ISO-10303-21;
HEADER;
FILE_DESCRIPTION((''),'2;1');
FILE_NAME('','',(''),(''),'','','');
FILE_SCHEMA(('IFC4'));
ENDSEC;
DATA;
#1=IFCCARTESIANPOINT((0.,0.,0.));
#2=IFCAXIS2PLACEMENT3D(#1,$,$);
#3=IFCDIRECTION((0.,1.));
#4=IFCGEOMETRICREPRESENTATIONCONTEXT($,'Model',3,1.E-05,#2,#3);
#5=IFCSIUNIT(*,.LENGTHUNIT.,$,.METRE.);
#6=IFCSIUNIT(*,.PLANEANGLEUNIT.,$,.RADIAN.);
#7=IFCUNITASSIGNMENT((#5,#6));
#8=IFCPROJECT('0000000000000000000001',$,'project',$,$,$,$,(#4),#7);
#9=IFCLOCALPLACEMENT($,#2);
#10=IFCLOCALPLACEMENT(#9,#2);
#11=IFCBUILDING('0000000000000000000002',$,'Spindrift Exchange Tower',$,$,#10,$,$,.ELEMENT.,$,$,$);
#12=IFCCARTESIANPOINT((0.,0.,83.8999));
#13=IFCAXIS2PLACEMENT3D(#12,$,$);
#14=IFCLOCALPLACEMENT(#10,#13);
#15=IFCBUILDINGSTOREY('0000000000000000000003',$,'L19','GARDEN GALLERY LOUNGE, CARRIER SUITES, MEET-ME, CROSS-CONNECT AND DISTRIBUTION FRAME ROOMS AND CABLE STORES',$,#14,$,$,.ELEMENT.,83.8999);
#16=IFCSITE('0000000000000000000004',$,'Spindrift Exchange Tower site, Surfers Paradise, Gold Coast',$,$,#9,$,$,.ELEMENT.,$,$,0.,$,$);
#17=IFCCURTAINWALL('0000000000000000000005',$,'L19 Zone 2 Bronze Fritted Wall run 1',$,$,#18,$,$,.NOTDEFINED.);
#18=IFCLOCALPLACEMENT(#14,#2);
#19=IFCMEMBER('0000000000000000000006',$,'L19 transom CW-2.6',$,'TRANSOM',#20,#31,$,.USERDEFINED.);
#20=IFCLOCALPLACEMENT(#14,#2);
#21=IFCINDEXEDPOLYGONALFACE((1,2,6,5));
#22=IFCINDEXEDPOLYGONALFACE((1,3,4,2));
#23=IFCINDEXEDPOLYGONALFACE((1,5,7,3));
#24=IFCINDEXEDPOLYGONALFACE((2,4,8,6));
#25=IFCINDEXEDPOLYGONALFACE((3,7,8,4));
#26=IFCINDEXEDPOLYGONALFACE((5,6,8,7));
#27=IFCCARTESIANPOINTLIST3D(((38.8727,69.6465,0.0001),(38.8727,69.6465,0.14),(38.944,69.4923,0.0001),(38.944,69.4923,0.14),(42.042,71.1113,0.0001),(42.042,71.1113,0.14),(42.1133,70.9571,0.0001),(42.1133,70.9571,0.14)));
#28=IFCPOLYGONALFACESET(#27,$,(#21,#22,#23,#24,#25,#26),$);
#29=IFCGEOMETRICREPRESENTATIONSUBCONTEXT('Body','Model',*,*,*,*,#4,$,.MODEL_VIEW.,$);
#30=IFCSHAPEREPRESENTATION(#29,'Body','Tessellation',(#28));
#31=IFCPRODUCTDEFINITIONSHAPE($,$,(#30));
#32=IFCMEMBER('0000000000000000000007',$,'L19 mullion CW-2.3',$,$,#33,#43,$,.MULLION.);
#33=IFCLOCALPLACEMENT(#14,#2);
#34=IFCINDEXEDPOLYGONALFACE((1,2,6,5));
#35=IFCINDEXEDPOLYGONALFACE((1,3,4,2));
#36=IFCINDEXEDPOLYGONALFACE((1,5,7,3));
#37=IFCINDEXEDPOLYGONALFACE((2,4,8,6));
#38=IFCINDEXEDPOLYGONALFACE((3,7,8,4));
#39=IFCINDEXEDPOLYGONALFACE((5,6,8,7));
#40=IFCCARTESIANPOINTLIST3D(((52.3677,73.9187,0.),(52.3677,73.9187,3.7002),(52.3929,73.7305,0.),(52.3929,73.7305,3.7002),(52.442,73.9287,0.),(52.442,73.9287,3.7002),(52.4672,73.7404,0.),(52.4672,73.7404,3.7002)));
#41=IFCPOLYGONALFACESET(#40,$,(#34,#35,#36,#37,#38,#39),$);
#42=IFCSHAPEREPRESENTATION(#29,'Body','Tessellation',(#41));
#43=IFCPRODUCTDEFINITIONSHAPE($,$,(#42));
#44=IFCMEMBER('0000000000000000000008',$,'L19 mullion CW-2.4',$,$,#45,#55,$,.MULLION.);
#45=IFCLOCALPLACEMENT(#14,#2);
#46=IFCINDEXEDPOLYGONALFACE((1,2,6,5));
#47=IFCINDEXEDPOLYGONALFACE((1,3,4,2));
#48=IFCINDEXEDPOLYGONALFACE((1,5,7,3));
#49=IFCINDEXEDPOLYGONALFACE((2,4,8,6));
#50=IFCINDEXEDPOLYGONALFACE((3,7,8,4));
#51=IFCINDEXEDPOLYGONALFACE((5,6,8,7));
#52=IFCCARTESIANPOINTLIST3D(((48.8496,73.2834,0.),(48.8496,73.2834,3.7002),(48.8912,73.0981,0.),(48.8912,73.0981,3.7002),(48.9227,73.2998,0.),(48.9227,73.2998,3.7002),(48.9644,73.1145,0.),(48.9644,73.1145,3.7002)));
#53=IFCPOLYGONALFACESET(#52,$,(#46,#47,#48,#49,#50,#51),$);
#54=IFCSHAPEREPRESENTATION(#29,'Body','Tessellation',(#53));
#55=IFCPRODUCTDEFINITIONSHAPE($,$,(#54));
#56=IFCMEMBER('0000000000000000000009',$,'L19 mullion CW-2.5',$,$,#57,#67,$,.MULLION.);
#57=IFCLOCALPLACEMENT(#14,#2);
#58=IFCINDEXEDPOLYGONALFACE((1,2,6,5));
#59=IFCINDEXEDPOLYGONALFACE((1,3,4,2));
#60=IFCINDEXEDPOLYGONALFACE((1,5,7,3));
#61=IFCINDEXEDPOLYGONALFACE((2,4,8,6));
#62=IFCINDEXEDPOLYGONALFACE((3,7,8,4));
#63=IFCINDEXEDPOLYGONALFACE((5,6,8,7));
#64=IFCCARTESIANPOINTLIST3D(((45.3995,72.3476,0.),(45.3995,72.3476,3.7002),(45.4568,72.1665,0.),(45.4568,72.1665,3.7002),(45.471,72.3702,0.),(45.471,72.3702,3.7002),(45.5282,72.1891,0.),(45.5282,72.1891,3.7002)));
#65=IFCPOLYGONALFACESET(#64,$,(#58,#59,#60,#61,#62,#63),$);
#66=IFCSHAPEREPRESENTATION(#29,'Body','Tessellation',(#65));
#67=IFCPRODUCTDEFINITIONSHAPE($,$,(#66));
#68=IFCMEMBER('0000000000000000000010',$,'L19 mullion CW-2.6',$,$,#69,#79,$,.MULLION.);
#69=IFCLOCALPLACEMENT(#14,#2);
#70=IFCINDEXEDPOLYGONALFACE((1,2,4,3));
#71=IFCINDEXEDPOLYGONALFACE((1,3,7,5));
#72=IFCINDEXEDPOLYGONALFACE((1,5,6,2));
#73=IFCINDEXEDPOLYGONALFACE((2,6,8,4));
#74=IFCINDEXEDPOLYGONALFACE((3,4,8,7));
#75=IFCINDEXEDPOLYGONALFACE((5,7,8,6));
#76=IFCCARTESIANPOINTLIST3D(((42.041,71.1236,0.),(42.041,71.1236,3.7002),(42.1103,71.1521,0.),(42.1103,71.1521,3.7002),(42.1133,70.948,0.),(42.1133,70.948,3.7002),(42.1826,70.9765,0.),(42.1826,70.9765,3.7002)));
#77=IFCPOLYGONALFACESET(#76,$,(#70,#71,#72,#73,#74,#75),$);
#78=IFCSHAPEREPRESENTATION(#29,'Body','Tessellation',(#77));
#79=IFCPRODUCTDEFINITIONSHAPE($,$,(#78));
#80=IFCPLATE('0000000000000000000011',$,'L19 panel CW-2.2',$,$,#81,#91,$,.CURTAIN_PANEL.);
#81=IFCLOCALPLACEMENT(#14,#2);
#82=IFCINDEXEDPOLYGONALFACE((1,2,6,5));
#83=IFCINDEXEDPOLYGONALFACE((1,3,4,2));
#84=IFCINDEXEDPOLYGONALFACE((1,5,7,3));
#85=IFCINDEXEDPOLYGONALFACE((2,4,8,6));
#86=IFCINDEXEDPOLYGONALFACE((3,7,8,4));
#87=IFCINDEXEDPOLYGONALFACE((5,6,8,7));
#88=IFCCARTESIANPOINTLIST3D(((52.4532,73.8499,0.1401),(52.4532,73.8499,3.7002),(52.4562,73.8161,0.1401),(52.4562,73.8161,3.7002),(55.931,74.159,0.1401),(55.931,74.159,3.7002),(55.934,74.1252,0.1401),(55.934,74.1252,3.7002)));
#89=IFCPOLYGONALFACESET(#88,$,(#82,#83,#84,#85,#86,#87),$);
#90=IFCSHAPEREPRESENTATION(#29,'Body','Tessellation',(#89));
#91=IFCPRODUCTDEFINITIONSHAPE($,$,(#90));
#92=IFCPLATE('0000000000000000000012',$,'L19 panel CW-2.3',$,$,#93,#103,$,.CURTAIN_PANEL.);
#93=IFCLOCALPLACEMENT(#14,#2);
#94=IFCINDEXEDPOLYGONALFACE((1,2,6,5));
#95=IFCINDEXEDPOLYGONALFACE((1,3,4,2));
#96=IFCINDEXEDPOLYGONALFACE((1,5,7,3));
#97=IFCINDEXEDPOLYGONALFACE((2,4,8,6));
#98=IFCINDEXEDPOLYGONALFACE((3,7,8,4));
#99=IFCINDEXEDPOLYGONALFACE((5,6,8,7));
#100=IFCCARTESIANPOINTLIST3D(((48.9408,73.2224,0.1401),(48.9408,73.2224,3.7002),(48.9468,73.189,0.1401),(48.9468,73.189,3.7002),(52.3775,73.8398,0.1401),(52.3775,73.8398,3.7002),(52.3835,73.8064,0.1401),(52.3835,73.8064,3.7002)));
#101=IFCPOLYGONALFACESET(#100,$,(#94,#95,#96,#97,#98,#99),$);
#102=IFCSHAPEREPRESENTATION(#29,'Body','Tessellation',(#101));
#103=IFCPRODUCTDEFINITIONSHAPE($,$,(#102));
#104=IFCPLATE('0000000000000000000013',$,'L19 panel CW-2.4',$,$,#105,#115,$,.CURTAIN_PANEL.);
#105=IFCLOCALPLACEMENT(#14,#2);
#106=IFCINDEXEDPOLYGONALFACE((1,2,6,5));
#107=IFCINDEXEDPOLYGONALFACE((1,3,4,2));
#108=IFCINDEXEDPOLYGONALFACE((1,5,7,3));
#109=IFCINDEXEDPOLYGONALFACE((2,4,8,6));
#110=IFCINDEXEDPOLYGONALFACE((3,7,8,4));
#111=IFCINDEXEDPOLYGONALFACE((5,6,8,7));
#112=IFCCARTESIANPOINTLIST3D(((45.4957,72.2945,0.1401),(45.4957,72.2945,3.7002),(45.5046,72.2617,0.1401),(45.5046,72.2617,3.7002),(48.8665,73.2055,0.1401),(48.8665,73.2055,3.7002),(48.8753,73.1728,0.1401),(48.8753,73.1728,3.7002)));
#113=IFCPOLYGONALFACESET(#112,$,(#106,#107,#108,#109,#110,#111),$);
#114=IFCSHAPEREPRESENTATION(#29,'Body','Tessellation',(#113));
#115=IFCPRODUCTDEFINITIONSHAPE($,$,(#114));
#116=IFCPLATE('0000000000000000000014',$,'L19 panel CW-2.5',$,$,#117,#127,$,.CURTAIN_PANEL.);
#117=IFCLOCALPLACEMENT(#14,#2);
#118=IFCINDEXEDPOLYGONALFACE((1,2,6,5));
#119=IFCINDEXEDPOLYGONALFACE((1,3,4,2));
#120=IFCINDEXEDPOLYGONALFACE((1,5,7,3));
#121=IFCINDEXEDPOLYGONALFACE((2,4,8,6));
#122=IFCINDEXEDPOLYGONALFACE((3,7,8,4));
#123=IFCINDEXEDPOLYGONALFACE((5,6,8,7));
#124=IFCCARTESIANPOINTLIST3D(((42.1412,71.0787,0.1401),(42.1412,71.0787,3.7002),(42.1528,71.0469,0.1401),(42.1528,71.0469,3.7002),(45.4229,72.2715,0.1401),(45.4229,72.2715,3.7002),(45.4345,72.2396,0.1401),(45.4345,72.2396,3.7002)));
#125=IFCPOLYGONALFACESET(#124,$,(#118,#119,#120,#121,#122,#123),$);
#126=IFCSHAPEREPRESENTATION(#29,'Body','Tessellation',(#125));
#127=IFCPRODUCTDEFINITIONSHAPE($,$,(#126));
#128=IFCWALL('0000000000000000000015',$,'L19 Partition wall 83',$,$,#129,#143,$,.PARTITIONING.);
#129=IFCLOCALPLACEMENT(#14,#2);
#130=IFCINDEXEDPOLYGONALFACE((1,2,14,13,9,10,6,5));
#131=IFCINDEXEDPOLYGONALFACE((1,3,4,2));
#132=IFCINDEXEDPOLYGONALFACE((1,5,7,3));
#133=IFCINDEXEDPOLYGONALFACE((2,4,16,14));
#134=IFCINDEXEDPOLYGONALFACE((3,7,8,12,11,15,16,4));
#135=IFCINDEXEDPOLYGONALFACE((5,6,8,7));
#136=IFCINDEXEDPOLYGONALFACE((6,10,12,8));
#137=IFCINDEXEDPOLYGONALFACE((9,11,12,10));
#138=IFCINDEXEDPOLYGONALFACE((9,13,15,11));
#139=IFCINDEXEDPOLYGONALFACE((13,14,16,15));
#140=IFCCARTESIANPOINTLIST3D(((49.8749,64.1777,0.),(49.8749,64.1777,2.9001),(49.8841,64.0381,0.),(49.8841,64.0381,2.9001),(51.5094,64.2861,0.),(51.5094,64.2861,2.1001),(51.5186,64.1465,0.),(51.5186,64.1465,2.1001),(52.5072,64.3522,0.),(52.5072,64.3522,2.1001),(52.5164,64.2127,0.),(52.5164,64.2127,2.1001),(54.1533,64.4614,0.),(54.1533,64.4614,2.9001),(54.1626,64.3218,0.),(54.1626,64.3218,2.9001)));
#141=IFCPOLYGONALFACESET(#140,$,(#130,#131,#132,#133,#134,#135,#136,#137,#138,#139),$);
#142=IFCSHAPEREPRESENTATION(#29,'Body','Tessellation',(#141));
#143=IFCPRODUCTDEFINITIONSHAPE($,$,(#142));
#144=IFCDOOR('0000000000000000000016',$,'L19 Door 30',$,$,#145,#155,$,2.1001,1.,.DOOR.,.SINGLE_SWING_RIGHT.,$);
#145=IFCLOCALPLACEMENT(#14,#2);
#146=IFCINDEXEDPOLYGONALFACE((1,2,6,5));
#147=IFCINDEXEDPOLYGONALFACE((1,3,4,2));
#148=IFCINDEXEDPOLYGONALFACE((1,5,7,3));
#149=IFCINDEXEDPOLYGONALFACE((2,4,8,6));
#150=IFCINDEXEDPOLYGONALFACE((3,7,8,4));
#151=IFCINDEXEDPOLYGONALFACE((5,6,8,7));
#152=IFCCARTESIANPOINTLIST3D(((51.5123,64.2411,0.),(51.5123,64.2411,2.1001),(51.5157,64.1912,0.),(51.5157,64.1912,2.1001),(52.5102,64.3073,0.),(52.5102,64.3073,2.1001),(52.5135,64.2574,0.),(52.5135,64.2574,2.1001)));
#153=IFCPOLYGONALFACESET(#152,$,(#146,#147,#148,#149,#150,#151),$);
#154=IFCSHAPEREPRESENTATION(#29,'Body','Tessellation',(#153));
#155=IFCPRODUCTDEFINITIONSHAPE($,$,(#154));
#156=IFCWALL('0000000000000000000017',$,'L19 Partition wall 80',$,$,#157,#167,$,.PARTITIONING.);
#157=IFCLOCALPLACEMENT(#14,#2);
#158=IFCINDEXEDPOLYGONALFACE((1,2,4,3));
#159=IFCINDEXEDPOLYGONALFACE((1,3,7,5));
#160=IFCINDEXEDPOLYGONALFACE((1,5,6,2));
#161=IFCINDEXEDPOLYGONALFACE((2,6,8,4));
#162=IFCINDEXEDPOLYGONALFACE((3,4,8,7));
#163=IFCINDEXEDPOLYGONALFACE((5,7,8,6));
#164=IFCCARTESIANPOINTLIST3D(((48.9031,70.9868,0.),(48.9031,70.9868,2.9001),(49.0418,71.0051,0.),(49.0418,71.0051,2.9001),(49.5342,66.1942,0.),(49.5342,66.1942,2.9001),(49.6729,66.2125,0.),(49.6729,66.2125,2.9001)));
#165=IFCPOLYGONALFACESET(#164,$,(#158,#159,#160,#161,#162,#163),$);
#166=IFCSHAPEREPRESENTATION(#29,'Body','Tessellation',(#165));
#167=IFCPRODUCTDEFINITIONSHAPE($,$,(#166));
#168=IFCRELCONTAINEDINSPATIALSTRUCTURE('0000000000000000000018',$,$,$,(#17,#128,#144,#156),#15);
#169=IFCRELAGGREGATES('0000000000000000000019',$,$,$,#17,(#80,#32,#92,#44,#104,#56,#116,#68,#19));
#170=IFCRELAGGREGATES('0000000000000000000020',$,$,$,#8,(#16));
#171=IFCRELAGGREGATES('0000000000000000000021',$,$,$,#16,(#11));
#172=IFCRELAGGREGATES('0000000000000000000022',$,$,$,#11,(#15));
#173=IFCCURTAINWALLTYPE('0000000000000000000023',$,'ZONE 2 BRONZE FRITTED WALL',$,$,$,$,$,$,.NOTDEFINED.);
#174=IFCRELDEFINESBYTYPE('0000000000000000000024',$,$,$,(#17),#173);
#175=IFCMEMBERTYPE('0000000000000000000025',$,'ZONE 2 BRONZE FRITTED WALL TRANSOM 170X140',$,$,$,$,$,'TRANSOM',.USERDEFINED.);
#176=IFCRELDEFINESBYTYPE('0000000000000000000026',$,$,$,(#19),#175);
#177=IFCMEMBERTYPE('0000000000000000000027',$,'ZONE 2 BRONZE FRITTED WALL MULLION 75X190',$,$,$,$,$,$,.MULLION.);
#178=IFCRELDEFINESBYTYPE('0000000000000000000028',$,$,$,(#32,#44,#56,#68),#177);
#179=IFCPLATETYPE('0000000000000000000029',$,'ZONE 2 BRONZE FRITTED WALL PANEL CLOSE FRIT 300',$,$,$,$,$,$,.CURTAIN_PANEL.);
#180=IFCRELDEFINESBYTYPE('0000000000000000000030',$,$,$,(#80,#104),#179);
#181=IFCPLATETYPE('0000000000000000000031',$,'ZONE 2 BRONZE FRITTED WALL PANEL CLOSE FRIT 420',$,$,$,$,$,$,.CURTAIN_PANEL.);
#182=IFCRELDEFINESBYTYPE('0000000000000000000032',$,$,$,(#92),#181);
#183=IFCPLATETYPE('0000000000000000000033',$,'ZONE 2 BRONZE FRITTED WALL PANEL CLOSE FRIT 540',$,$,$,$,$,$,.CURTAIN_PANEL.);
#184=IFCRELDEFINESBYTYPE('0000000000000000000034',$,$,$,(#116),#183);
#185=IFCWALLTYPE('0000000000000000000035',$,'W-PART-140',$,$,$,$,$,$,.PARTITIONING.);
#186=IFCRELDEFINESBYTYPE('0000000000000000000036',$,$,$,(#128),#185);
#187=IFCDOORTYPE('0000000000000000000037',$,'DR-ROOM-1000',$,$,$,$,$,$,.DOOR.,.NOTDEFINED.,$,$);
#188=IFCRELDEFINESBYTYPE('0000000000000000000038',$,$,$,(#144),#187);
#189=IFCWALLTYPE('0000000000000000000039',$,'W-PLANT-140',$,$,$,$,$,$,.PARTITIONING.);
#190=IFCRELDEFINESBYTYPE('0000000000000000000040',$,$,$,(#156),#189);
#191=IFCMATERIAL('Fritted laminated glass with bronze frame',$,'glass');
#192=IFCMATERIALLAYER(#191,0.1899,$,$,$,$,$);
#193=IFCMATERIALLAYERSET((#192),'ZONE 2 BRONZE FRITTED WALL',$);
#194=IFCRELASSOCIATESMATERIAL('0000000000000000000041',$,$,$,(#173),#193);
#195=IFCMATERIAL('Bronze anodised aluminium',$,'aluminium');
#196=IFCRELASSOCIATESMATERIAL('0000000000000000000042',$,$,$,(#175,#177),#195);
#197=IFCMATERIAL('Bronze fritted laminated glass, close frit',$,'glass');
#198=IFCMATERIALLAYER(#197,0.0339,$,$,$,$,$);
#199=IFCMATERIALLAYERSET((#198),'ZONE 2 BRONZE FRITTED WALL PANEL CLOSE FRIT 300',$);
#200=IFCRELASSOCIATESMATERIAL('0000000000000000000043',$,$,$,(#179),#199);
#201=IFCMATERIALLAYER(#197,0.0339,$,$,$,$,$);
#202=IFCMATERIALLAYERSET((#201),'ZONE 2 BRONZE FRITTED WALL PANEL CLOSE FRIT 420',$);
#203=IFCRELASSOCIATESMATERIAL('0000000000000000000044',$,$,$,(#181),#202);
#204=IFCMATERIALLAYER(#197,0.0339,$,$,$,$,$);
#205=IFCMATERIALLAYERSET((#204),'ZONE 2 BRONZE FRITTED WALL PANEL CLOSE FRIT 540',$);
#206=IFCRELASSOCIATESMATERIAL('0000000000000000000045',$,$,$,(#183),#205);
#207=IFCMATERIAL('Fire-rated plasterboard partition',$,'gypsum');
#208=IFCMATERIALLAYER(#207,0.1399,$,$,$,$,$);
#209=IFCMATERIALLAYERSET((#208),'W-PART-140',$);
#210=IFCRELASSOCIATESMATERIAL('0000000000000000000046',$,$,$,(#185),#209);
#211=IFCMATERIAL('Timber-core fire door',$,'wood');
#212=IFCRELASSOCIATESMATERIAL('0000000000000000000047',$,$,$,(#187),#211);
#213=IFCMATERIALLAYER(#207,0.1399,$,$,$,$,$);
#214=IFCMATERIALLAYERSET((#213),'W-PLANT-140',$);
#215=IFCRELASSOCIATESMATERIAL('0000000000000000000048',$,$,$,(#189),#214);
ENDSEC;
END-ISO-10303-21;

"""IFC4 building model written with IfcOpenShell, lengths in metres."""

from ifc_helpers import new_model, si_unit, direction, frame, frame_2d, origin, origin_2d, place, context, subcontext, project, spatial, rectangle, extrude, source, transform, mapped, material, layer, layer_set, material_profile, profile_set, type_object, element, fill, aggregate, save


model = new_model("IFC4")

# Units and contexts
model_context = context("Model", 3, precision=1e-05, world=origin(), true_north=direction((0.0, 1.0)))
body_context = subcontext(model_context, "Body", "Model", "MODEL_VIEW")
ifc_project = project(units=[si_unit("LENGTHUNIT", "METRE"), si_unit("PLANEANGLEUNIT", "RADIAN")], contexts=[model_context])

# Site, building, storey
site_placement = place(None, origin())
site = spatial("IfcSite", under=ifc_project, at=site_placement, Name="Spindrift Exchange Tower site, Surfers Paradise, Gold Coast", CompositionType="ELEMENT", RefElevation=0.0)
building_placement = place(site_placement, origin())
building = spatial("IfcBuilding", under=site, at=building_placement, Name="Spindrift Exchange Tower", CompositionType="ELEMENT")
storey_placement = place(building_placement, frame((0.0, 0.0, 83.8999)))
storey = spatial("IfcBuildingStorey", under=building, at=storey_placement, Name="L19", Description="GARDEN GALLERY LOUNGE, CARRIER SUITES, MEET-ME, CROSS-CONNECT AND DISTRIBUTION FRAME ROOMS AND CABLE STORES", CompositionType="ELEMENT", Elevation=83.8999)

# Curtain wall, members, plates
ifc_material_1 = material(Name="Fritted laminated glass with bronze frame", Category="glass")
ifc_layer_1 = layer(ifc_material_1, 0.1899)
ifc_layer_set_1 = layer_set([ifc_layer_1], Name="ZONE 2 BRONZE FRITTED WALL")
curtain_wall_type = type_object("IfcCurtainWallType", Name="ZONE 2 BRONZE FRITTED WALL", PredefinedType="NOTDEFINED", material=ifc_layer_set_1)
curtain_wall_placement = place(storey_placement, origin())
curtain_wall = element("IfcCurtainWall", 1, at=curtain_wall_placement, inside=storey, type_object=curtain_wall_type, Name="L19 Zone 2 Bronze Fritted Wall run 1", PredefinedType="NOTDEFINED")
ifc_material_2 = material(Name="Bronze anodised aluminium", Category="aluminium")
ifc_material_profile_1 = material_profile(ifc_material_2, rectangle(XDim=0.1699, YDim=0.1399, at=origin_2d()), Name="ZONE 2 BRONZE FRITTED WALL TRANSOM 170X140")
ifc_profile_set_1 = profile_set([ifc_material_profile_1], Name="Bronze anodised aluminium")
member_type_1 = type_object("IfcMemberType", Name="ZONE 2 BRONZE FRITTED WALL TRANSOM 170X140", ElementType="TRANSOM", PredefinedType="USERDEFINED", material=ifc_profile_set_1)
shared_shape_1 = source(origin(), body_context, "Body", "SweptSolid", [
    extrude(rectangle(XDim=0.1699, YDim=0.1399, at=origin_2d()), origin(), (0.0, 0.0, 1.0), 3.4915),
])
member_1_placement = place(storey_placement, frame((42.0776, 71.0342, 0.0701), z_axis=(-0.907738, -0.419537, 0.0), x_axis=(0.419537, -0.907738, 0.0)))
member_1 = element("IfcMember", 2, at=member_1_placement, type_object=member_type_1, Name="L19 transom CW-2.6", ObjectType="TRANSOM", PredefinedType="USERDEFINED", context=body_context, shape_type="MappedRepresentation", body=[
    mapped(shared_shape_1, transform((0.0, 0.0, 0.0), scale=1.0)),
])
ifc_material_profile_2 = material_profile(ifc_material_2, rectangle(XDim=0.075, YDim=0.1899, at=origin_2d()), Name="ZONE 2 BRONZE FRITTED WALL MULLION 75X190")
ifc_profile_set_2 = profile_set([ifc_material_profile_2], Name="Bronze anodised aluminium")
member_type_2 = type_object("IfcMemberType", Name="ZONE 2 BRONZE FRITTED WALL MULLION 75X190", PredefinedType="MULLION", material=ifc_profile_set_2)
shared_shape_2 = source(origin(), body_context, "Body", "SweptSolid", [
    extrude(rectangle(XDim=0.075, YDim=0.1899, at=origin_2d()), origin(), (0.0, 0.0, 1.0), 3.7002),
])
member_2_placement = place(storey_placement, frame((52.4175, 73.8296, 0.0), z_axis=(0.0, 0.0, 1.0), x_axis=(-0.991142, -0.132808, 0.0)))
member_2 = element("IfcMember", 3, at=member_2_placement, type_object=member_type_2, Name="L19 mullion CW-2.3", PredefinedType="MULLION", context=body_context, shape_type="MappedRepresentation", body=[
    mapped(shared_shape_2, transform((0.0, 0.0, 0.0), scale=1.0)),
])
member_3_placement = place(storey_placement, frame((48.907, 73.199, 0.0), z_axis=(0.0, 0.0, 1.0), x_axis=(-0.97571, -0.219066, 0.0)))
member_3 = element("IfcMember", 4, at=member_3_placement, type_object=member_type_2, Name="L19 mullion CW-2.4", PredefinedType="MULLION", context=body_context, shape_type="MappedRepresentation", body=[
    mapped(shared_shape_2, transform((0.0, 0.0, 0.0), scale=1.0)),
])
member_4_placement = place(storey_placement, frame((45.4639, 72.2683, 0.0), z_axis=(0.0, 0.0, 1.0), x_axis=(-0.953457, -0.301528, 0.0)))
member_4 = element("IfcMember", 5, at=member_4_placement, type_object=member_type_2, Name="L19 mullion CW-2.5", PredefinedType="MULLION", context=body_context, shape_type="MappedRepresentation", body=[
    mapped(shared_shape_2, transform((0.0, 0.0, 0.0), scale=1.0)),
])
member_5_placement = place(storey_placement, frame((42.1118, 71.05, 0.0), z_axis=(0.0, 0.0, 1.0), x_axis=(-0.924609, -0.380918, 0.0)))
member_5 = element("IfcMember", 6, at=member_5_placement, type_object=member_type_2, Name="L19 mullion CW-2.6", PredefinedType="MULLION", context=body_context, shape_type="MappedRepresentation", body=[
    mapped(shared_shape_2, transform((0.0, 0.0, 0.0), scale=1.0)),
])
ifc_material_3 = material(Name="Bronze fritted laminated glass, close frit", Category="glass")
ifc_layer_2 = layer(ifc_material_3, 0.0339)
ifc_layer_set_2 = layer_set([ifc_layer_2], Name="ZONE 2 BRONZE FRITTED WALL PANEL CLOSE FRIT 300")
plate_type_1 = type_object("IfcPlateType", Name="ZONE 2 BRONZE FRITTED WALL PANEL CLOSE FRIT 300", PredefinedType="CURTAIN_PANEL", material=ifc_layer_set_2)
shared_shape_3 = source(origin(), body_context, "Body", "SweptSolid", [
    extrude(rectangle(XDim=3.4915, YDim=0.0339, at=origin_2d()), origin(), (0.0, 0.0, 1.0), 3.5601),
])
plate_1_placement = place(storey_placement, frame((54.1936, 73.9875, 0.1401), z_axis=(0.0, 0.0, 1.0), x_axis=(-0.996072, -0.088547, 0.0)))
plate_1 = element("IfcPlate", 7, at=plate_1_placement, type_object=plate_type_1, Name="L19 panel CW-2.2", PredefinedType="CURTAIN_PANEL", context=body_context, shape_type="MappedRepresentation", body=[
    mapped(shared_shape_3, transform((0.0, 0.0, 0.0), scale=1.0)),
])
ifc_layer_3 = layer(ifc_material_3, 0.0339)
ifc_layer_set_3 = layer_set([ifc_layer_3], Name="ZONE 2 BRONZE FRITTED WALL PANEL CLOSE FRIT 420")
plate_type_2 = type_object("IfcPlateType", Name="ZONE 2 BRONZE FRITTED WALL PANEL CLOSE FRIT 420", PredefinedType="CURTAIN_PANEL", material=ifc_layer_set_3)
shared_shape_4 = source(origin(), body_context, "Body", "SweptSolid", [
    extrude(rectangle(XDim=3.4917, YDim=0.0339, at=origin_2d()), origin(), (0.0, 0.0, 1.0), 3.5601),
])
plate_2_placement = place(storey_placement, frame((50.6621, 73.5144, 0.1401), z_axis=(0.0, 0.0, 1.0), x_axis=(-0.984245, -0.176808, 0.0)))
plate_2 = element("IfcPlate", 8, at=plate_2_placement, type_object=plate_type_2, Name="L19 panel CW-2.3", PredefinedType="CURTAIN_PANEL", context=body_context, shape_type="MappedRepresentation", body=[
    mapped(shared_shape_4, transform((0.0, 0.0, 0.0), scale=1.0)),
])
shared_shape_5 = source(origin(), body_context, "Body", "SweptSolid", [
    extrude(rectangle(XDim=3.4917, YDim=0.0339, at=origin_2d()), origin(), (0.0, 0.0, 1.0), 3.5601),
])
plate_3_placement = place(storey_placement, frame((47.1855, 72.7336, 0.1401), z_axis=(0.0, 0.0, 1.0), x_axis=(-0.965361, -0.260917, 0.0)))
plate_3 = element("IfcPlate", 9, at=plate_3_placement, type_object=plate_type_1, Name="L19 panel CW-2.4", PredefinedType="CURTAIN_PANEL", context=body_context, shape_type="MappedRepresentation", body=[
    mapped(shared_shape_5, transform((0.0, 0.0, 0.0), scale=1.0)),
])
ifc_layer_4 = layer(ifc_material_3, 0.0339)
ifc_layer_set_4 = layer_set([ifc_layer_4], Name="ZONE 2 BRONZE FRITTED WALL PANEL CLOSE FRIT 540")
plate_type_3 = type_object("IfcPlateType", Name="ZONE 2 BRONZE FRITTED WALL PANEL CLOSE FRIT 540", PredefinedType="CURTAIN_PANEL", material=ifc_layer_set_4)
shared_shape_6 = source(origin(), body_context, "Body", "SweptSolid", [
    extrude(rectangle(XDim=3.4917, YDim=0.0339, at=origin_2d()), origin(), (0.0, 0.0, 1.0), 3.5601),
])
plate_4_placement = place(storey_placement, frame((43.7878, 71.6592, 0.1401), z_axis=(0.0, 0.0, 1.0), x_axis=(-0.939846, -0.341599, 0.0)))
plate_4 = element("IfcPlate", 10, at=plate_4_placement, type_object=plate_type_3, Name="L19 panel CW-2.5", PredefinedType="CURTAIN_PANEL", context=body_context, shape_type="MappedRepresentation", body=[
    mapped(shared_shape_6, transform((0.0, 0.0, 0.0), scale=1.0)),
])
aggregate(curtain_wall, [plate_1, member_2, plate_2, member_3, plate_3, member_4, plate_4, member_5, member_1])

# Wall, opening, door
ifc_material_4 = material(Name="Fire-rated plasterboard partition", Category="gypsum")
ifc_layer_5 = layer(ifc_material_4, 0.1399)
ifc_layer_set_5 = layer_set([ifc_layer_5], Name="W-PART-140")
wall_type_1 = type_object("IfcWallType", Name="W-PART-140", PredefinedType="PARTITIONING", material=ifc_layer_set_5)
wall_1_placement = place(storey_placement, frame((49.8794, 64.1079, 0.0), z_axis=(0.0, 0.0, 1.0), x_axis=(0.997809, 0.06616, 0.0)))
wall_1 = element("IfcWall", 11, at=wall_1_placement, inside=storey, type_object=wall_type_1, Name="L19 Partition wall 83", PredefinedType="PARTITIONING", context=body_context, shape_type="SweptSolid", body=[
    extrude(rectangle(XDim=4.2878, YDim=0.1399, at=frame_2d((2.144, 0.0))), origin(), (0.0, 0.0, 1.0), 2.9001),
])
opening_placement = place(wall_1_placement, frame((1.6382, 0.0, 0.0)))
opening = element("IfcOpeningElement", 12, at=opening_placement, cuts=wall_1, PredefinedType="OPENING", context=body_context, shape_type="SweptSolid", body=[
    extrude(rectangle(XDim=1.0, YDim=2.1001, at=frame_2d((0.5, 1.05))), frame((0.0, 0.0798, 0.0), z_axis=(0.0, -1.0, 0.0), x_axis=(1.0, 0.0, 0.0)), (0.0, 0.0, 1.0), 0.1599),
])
ifc_material_5 = material(Name="Timber-core fire door", Category="wood")
door_type = type_object("IfcDoorType", Name="DR-ROOM-1000", OperationType="NOTDEFINED", PredefinedType="DOOR", material=ifc_material_5)
shared_shape_7 = source(origin(), body_context, "Body", "SweptSolid", [
    extrude(rectangle(XDim=1.0, YDim=2.1001, at=frame_2d((0.5, 1.05))), frame((0.0, 0.0249, 0.0), z_axis=(0.0, -1.0, 0.0), x_axis=(1.0, 0.0, 0.0)), (0.0, 0.0, 1.0), 0.05),
])
door_placement = place(opening_placement, origin())
door = element("IfcDoor", 13, at=door_placement, inside=storey, type_object=door_type, Name="L19 Door 30", OperationType="SINGLE_SWING_RIGHT", OverallHeight=2.1001, OverallWidth=1.0, PredefinedType="DOOR", context=body_context, shape_type="MappedRepresentation", body=[
    mapped(shared_shape_7, transform((0.0, 0.0, 0.0), scale=1.0)),
])
fill(opening, door)

# Wall
ifc_layer_6 = layer(ifc_material_4, 0.1399)
ifc_layer_set_6 = layer_set([ifc_layer_6], Name="W-PLANT-140")
wall_type_2 = type_object("IfcWallType", Name="W-PLANT-140", PredefinedType="PARTITIONING", material=ifc_layer_set_6)
wall_2_placement = place(storey_placement, frame((49.6035, 66.2034, 0.0), z_axis=(0.0, 0.0, 1.0), x_axis=(-0.130552, 0.991441, 0.0)))
element("IfcWall", 14, at=wall_2_placement, inside=storey, type_object=wall_type_2, Name="L19 Partition wall 80", PredefinedType="PARTITIONING", context=body_context, shape_type="SweptSolid", body=[
    extrude(rectangle(XDim=4.834, YDim=0.1399, at=frame_2d((2.417, 0.0))), origin(), (0.0, 0.0, 1.0), 2.9001),
])

save(model, "model.ifc")
